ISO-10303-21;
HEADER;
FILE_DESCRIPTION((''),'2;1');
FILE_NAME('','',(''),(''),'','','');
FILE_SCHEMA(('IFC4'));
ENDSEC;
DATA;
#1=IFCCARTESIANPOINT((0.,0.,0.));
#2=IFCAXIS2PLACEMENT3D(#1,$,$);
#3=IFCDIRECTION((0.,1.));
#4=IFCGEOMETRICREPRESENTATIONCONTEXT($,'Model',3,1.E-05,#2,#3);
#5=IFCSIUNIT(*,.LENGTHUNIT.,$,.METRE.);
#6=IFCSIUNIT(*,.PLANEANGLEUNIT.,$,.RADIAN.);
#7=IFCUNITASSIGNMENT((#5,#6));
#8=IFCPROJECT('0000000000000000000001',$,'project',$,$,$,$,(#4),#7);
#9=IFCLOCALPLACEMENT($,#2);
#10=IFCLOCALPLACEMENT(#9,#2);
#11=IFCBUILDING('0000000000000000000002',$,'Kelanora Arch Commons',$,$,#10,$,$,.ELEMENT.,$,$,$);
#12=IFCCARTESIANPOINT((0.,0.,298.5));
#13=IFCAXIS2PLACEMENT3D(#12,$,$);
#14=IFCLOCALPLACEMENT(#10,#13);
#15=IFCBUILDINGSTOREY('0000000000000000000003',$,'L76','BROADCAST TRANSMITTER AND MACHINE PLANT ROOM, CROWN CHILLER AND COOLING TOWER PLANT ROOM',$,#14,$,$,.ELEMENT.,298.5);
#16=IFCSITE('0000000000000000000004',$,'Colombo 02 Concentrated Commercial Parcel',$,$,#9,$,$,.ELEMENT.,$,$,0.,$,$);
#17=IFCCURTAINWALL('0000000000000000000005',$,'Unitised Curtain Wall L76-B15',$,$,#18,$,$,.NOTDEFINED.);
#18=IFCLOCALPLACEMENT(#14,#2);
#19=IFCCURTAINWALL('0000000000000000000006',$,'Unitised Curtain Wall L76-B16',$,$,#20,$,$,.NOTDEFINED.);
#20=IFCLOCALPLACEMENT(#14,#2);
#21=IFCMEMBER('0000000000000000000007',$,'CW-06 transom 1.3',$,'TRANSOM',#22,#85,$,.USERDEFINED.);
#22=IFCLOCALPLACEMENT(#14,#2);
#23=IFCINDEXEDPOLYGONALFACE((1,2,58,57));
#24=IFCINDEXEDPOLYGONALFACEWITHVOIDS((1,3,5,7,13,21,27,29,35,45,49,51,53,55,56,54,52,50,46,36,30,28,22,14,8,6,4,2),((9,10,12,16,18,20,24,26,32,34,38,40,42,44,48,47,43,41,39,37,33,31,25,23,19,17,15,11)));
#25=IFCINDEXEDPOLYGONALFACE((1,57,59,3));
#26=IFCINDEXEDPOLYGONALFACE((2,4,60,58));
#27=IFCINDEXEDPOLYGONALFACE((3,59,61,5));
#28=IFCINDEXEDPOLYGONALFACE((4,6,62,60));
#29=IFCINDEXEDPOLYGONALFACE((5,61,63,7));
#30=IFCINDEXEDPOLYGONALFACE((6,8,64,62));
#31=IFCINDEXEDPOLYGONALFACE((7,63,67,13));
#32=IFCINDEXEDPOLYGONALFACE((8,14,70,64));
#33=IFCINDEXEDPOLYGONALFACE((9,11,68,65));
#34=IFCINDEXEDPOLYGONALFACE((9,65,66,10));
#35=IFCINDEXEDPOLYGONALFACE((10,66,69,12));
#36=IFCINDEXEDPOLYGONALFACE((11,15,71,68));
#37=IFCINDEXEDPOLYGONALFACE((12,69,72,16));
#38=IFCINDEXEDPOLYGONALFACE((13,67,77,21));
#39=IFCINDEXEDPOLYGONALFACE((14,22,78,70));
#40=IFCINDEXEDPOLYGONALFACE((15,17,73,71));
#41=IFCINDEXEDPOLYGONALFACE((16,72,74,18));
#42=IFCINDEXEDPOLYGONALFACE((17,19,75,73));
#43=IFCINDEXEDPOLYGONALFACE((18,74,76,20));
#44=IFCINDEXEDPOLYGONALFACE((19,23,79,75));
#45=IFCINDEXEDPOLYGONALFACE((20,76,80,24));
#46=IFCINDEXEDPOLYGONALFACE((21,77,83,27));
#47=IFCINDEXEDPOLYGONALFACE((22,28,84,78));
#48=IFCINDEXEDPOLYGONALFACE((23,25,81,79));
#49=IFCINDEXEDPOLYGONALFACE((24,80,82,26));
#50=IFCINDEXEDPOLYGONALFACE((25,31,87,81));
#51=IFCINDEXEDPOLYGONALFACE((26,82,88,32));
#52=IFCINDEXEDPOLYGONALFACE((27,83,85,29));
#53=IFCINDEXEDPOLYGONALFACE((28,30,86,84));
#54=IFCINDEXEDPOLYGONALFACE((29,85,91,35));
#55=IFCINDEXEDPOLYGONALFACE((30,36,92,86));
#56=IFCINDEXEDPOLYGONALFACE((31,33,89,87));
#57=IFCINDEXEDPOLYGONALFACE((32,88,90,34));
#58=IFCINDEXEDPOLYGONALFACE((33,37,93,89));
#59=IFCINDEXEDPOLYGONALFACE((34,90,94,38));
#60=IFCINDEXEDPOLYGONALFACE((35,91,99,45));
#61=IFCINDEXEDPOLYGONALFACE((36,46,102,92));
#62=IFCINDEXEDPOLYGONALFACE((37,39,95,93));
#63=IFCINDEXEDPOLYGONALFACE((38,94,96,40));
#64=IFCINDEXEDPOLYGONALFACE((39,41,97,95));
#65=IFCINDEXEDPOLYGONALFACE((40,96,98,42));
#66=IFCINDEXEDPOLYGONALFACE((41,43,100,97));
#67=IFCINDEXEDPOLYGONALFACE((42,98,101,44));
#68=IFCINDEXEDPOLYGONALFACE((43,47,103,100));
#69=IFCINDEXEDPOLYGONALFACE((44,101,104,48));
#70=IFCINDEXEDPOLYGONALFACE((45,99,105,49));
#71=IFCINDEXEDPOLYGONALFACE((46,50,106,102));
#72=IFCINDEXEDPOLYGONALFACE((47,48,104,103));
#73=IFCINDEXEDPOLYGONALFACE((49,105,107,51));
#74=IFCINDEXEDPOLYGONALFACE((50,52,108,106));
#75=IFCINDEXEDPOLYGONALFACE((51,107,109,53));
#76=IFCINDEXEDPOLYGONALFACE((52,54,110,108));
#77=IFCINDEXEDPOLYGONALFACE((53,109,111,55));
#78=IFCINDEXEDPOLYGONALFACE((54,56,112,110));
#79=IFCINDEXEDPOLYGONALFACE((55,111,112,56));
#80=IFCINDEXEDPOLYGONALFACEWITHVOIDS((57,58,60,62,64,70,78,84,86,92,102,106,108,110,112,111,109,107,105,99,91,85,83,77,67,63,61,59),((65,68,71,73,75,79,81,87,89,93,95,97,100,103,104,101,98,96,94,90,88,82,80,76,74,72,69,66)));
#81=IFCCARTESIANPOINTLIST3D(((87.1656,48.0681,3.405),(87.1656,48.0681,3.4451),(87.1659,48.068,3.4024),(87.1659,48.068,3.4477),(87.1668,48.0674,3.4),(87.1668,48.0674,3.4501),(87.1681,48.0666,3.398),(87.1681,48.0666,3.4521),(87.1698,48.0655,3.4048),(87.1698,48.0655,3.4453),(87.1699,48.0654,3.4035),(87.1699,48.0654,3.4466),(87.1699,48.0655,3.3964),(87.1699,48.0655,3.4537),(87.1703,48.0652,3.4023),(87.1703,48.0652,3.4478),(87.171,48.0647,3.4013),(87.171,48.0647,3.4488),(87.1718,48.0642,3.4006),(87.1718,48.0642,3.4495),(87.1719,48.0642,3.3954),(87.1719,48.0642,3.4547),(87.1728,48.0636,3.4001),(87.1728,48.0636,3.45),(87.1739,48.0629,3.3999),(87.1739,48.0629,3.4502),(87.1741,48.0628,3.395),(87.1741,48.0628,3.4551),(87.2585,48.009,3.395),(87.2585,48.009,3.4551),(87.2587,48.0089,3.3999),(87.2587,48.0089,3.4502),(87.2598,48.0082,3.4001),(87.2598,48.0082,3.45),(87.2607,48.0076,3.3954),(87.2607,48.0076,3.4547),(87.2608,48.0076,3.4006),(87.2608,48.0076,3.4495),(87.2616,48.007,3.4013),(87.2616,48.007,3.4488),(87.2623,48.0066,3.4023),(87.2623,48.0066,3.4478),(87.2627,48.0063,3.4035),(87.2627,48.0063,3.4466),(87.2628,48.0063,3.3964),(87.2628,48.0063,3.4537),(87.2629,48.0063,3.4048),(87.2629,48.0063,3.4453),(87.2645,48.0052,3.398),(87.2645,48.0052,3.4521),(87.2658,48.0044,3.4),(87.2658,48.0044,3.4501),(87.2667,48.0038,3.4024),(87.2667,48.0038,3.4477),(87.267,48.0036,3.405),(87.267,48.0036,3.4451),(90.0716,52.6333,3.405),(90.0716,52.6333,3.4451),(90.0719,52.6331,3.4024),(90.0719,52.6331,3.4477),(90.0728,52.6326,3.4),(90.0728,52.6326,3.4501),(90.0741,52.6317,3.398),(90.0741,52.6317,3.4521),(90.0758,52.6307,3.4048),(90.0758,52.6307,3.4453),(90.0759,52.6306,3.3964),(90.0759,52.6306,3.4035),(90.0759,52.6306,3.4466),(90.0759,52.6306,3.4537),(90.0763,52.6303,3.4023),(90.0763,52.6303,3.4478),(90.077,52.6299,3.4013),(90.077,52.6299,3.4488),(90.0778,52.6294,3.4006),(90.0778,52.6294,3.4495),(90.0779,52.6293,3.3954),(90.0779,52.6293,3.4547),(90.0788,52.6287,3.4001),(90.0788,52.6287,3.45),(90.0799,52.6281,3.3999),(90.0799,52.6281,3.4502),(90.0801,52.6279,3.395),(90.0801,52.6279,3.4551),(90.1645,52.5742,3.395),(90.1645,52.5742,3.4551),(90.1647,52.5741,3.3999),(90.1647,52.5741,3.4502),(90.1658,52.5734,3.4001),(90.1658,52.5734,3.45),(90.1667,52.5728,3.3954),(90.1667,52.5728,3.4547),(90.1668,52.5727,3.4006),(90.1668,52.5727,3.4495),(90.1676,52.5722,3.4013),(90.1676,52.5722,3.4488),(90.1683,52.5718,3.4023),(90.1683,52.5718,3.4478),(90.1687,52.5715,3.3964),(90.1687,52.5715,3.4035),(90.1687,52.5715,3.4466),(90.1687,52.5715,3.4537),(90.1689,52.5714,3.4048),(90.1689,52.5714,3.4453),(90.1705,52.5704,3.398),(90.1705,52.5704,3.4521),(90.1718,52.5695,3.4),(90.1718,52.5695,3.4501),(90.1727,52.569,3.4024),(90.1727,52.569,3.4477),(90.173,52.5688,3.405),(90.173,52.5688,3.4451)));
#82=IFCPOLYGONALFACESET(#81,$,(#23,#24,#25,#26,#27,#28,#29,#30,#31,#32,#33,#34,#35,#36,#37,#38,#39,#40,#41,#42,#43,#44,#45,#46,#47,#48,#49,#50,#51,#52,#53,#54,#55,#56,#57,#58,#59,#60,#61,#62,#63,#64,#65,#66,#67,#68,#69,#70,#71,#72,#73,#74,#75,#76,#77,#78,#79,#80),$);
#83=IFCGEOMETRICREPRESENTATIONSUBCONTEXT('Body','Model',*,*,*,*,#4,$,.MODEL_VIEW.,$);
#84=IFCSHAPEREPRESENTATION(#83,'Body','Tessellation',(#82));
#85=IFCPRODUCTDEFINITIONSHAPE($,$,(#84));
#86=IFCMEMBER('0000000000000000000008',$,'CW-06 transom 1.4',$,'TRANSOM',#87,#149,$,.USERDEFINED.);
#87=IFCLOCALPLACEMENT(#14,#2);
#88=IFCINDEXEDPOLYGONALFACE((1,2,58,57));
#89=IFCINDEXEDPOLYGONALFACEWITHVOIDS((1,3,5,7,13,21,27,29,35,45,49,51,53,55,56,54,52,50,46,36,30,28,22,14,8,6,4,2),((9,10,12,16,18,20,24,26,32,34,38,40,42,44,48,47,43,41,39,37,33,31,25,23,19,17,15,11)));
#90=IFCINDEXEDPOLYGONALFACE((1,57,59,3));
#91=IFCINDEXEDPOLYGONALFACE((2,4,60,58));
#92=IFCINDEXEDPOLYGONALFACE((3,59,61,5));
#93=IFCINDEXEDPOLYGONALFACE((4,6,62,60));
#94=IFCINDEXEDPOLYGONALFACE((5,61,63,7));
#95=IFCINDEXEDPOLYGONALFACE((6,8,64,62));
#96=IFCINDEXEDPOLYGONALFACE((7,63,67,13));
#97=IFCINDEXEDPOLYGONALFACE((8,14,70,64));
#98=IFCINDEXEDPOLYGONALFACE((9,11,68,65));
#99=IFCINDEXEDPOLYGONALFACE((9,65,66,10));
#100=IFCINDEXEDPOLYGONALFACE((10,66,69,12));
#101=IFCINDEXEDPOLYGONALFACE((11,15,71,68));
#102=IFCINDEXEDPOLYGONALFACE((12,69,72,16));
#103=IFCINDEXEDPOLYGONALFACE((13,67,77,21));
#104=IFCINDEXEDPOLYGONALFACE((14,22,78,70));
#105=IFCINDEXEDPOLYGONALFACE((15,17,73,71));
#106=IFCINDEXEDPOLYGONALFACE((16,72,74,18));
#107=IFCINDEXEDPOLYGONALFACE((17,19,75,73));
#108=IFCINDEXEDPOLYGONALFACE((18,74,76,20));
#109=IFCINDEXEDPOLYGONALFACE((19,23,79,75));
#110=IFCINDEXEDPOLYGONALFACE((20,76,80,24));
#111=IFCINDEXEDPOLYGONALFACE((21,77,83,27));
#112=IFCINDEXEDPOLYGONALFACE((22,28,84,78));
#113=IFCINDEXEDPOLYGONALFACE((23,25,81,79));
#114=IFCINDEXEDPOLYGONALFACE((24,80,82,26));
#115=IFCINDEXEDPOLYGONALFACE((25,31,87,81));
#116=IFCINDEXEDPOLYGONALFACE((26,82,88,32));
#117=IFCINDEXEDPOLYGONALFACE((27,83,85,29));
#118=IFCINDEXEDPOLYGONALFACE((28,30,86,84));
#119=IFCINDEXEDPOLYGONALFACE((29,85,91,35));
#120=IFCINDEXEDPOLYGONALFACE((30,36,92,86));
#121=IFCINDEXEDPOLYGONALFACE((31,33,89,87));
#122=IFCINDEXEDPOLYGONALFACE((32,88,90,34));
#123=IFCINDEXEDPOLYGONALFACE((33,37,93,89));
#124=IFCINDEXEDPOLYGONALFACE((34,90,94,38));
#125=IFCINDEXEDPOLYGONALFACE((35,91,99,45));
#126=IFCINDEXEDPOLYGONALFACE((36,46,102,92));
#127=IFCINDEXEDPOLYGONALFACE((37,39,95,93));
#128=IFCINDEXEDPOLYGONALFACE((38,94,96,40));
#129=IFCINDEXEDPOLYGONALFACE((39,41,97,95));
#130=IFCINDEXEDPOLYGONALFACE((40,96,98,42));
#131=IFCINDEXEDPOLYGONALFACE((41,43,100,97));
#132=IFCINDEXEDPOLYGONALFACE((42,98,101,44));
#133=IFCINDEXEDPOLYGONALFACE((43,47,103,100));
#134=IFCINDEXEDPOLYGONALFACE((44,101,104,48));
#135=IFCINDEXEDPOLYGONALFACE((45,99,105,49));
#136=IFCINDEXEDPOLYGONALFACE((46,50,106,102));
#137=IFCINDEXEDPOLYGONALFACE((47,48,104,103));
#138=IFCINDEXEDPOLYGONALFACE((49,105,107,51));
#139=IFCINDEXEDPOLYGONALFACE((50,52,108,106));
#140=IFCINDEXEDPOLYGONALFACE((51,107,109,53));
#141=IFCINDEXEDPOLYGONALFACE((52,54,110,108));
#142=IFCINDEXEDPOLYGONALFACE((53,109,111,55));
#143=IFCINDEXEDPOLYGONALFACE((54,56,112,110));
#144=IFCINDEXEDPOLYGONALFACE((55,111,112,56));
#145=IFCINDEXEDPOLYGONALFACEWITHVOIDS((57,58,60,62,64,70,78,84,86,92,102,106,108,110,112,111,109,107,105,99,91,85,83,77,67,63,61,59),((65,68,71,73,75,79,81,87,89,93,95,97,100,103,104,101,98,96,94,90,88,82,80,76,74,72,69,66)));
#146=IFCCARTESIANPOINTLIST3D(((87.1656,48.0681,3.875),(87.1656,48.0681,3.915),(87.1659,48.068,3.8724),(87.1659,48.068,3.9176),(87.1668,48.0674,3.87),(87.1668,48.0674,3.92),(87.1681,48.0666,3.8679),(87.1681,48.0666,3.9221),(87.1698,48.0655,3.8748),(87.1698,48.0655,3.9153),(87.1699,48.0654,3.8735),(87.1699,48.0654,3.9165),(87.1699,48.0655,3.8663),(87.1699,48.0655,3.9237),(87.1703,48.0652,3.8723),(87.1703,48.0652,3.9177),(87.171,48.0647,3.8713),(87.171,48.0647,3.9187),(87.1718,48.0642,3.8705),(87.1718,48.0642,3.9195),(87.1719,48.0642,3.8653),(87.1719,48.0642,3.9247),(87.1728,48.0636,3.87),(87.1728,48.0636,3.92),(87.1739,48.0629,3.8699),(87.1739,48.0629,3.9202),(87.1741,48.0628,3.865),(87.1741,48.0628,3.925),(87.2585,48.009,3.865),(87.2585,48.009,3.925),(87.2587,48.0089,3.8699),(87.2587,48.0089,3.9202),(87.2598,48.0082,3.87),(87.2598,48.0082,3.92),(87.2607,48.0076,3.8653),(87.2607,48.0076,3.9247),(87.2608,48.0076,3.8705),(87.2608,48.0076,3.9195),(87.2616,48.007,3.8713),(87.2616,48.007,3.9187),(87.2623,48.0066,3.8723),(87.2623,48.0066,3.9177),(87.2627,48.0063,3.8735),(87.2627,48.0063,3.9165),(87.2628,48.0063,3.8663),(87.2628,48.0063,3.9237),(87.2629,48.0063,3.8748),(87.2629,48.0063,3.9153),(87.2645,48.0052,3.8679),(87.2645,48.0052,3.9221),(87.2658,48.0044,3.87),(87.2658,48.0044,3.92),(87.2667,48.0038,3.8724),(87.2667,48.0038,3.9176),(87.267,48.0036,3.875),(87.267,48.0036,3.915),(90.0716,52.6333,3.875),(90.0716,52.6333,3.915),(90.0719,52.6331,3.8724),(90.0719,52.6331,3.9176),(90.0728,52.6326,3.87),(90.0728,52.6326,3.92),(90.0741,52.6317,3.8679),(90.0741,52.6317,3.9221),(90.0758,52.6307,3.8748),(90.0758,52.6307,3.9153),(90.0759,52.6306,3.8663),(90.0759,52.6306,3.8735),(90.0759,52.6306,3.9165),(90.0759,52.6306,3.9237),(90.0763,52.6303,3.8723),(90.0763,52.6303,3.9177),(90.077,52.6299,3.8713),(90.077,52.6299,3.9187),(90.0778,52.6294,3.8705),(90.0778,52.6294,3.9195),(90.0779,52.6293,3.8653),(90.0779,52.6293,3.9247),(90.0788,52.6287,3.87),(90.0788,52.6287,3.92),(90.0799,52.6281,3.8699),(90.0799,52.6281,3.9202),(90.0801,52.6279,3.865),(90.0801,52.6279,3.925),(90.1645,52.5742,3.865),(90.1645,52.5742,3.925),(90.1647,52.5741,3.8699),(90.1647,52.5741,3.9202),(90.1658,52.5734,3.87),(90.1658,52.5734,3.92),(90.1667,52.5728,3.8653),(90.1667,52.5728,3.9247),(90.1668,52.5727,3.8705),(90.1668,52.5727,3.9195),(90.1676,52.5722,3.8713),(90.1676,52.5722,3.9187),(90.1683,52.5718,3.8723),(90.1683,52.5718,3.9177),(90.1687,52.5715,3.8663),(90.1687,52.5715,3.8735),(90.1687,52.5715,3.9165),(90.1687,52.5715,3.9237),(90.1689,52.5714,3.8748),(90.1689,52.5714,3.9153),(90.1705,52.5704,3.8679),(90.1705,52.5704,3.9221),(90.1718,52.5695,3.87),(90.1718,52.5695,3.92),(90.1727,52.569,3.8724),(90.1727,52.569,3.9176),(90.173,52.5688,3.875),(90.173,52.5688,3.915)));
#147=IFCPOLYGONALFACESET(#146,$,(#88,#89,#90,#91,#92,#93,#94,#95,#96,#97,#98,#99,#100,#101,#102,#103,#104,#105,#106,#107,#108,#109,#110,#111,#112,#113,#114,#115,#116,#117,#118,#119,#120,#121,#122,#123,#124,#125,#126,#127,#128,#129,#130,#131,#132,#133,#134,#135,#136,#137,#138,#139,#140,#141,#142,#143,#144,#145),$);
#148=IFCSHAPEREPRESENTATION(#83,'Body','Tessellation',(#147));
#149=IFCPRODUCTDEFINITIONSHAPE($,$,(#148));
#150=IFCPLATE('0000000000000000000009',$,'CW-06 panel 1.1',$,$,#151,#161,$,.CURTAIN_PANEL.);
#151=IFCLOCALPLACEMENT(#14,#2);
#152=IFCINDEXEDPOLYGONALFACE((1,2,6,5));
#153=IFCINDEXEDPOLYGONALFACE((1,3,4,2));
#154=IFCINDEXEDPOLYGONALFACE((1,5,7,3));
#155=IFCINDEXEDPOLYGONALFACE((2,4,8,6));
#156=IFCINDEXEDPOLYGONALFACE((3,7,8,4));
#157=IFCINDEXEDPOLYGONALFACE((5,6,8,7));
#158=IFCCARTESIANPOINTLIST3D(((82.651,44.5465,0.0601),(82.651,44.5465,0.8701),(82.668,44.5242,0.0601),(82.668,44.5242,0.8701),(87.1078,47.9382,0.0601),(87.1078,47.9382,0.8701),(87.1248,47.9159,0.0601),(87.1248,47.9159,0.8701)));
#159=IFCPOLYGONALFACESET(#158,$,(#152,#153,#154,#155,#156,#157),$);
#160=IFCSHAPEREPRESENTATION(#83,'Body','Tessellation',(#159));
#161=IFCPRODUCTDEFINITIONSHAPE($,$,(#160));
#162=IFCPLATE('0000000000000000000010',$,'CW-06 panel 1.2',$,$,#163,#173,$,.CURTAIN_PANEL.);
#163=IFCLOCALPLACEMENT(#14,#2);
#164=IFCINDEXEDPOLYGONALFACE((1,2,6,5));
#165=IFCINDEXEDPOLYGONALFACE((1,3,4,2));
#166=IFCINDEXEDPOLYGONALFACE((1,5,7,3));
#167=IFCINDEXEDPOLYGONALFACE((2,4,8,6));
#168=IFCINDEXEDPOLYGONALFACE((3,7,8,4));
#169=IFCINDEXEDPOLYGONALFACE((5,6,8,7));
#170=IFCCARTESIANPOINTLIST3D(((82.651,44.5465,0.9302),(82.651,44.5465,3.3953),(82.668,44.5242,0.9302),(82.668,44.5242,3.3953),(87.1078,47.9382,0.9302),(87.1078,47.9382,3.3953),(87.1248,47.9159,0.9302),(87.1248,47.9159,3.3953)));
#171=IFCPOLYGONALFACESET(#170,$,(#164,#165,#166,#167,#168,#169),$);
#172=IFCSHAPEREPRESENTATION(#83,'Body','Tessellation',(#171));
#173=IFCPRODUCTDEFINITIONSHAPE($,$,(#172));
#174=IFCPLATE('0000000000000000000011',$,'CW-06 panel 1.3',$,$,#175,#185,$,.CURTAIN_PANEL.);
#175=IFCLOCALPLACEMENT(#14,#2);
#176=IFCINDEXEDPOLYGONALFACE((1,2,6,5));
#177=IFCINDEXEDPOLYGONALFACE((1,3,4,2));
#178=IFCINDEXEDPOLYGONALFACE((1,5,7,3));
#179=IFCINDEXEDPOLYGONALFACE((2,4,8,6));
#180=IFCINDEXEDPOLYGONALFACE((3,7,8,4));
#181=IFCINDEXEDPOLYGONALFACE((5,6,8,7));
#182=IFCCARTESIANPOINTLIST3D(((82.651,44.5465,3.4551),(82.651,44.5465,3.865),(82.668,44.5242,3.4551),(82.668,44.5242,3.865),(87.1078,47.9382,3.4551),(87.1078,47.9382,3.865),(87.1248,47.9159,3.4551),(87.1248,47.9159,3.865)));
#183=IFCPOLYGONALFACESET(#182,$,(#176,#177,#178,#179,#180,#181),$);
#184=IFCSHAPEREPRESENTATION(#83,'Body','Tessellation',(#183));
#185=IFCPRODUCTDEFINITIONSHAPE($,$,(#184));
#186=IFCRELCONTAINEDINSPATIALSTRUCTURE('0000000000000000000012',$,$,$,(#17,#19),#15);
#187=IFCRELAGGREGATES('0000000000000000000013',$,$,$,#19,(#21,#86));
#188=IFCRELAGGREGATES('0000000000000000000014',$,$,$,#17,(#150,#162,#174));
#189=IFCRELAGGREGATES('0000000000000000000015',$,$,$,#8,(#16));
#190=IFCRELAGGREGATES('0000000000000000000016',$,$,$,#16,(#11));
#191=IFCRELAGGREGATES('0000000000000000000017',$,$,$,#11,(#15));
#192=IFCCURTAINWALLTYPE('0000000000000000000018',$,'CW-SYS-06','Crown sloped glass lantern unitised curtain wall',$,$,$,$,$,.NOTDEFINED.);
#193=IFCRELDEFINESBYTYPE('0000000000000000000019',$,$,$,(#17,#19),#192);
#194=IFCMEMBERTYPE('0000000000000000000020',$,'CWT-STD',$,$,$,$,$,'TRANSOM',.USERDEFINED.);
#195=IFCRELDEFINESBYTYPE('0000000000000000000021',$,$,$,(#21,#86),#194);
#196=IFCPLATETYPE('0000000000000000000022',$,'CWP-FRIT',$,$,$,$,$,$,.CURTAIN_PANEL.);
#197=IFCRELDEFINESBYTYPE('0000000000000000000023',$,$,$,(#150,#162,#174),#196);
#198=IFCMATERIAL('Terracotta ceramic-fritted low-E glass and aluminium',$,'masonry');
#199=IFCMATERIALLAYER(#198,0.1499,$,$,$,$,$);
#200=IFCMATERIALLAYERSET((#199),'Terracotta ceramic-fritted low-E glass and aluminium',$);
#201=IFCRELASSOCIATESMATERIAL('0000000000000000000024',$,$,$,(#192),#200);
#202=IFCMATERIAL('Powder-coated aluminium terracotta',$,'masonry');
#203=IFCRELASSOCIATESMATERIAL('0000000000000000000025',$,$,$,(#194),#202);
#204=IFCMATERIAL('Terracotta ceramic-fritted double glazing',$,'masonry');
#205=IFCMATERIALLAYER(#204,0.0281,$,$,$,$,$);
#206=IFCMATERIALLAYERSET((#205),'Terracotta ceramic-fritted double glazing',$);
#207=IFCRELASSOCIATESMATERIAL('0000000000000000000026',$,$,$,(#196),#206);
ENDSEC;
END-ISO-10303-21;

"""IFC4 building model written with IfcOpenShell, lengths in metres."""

from ifc_helpers import new_model, si_unit, direction, frame, origin, origin_2d, place, context, subcontext, project, spatial, rectangle, hollow_rectangle, extrude, source, transform, mapped, material, layer, layer_set, material_profile, profile_set, type_object, element, aggregate, save


model = new_model("IFC4")

# Units and contexts
model_context = context("Model", 3, precision=1e-05, world=origin(), true_north=direction((0.0, 1.0)))
body_context = subcontext(model_context, "Body", "Model", "MODEL_VIEW")
ifc_project = project(units=[si_unit("LENGTHUNIT", "METRE"), si_unit("PLANEANGLEUNIT", "RADIAN")], contexts=[model_context])

# Site, building, storey
site_placement = place(None, origin())
site = spatial("IfcSite", under=ifc_project, at=site_placement, Name="Colombo 02 Concentrated Commercial Parcel", CompositionType="ELEMENT", RefElevation=0.0)
building_placement = place(site_placement, origin())
building = spatial("IfcBuilding", under=site, at=building_placement, Name="Kelanora Arch Commons", CompositionType="ELEMENT")
storey_placement = place(building_placement, frame((0.0, 0.0, 298.5)))
storey = spatial("IfcBuildingStorey", under=building, at=storey_placement, Name="L76", Description="BROADCAST TRANSMITTER AND MACHINE PLANT ROOM, CROWN CHILLER AND COOLING TOWER PLANT ROOM", CompositionType="ELEMENT", Elevation=298.5)

# Shared definitions
ifc_material_1 = material(Name="Terracotta ceramic-fritted low-E glass and aluminium", Category="masonry")
ifc_layer_1 = layer(ifc_material_1, 0.1499)
ifc_layer_set_1 = layer_set([ifc_layer_1], Name="Terracotta ceramic-fritted low-E glass and aluminium")
curtain_wall_type = type_object("IfcCurtainWallType", Name="CW-SYS-06", Description="Crown sloped glass lantern unitised curtain wall", PredefinedType="NOTDEFINED", material=ifc_layer_set_1)
ifc_material_2 = material(Name="Powder-coated aluminium terracotta", Category="masonry")

# Curtain wall
curtain_wall_1_placement = place(storey_placement, origin())
curtain_wall_1 = element("IfcCurtainWall", 1, at=curtain_wall_1_placement, inside=storey, type_object=curtain_wall_type, Name="Unitised Curtain Wall L76-B15", PredefinedType="NOTDEFINED")

# Curtain wall
curtain_wall_2_placement = place(storey_placement, origin())
curtain_wall_2 = element("IfcCurtainWall", 2, at=curtain_wall_2_placement, inside=storey, type_object=curtain_wall_type, Name="Unitised Curtain Wall L76-B16", PredefinedType="NOTDEFINED")

# Members
ifc_material_profile_1 = material_profile(ifc_material_2, hollow_rectangle(XDim=0.1201, YDim=0.0601, WallThickness=0.0049, InnerFilletRadius=0.0049, OuterFilletRadius=0.01, at=origin_2d()), Name="CWT120x60")
ifc_profile_set_1 = profile_set([ifc_material_profile_1], Name="Powder-coated aluminium terracotta")
member_type_1 = type_object("IfcMemberType", Name="CWT-STD", ElementType="TRANSOM", PredefinedType="USERDEFINED", material=ifc_profile_set_1)
member_1_placement = place(storey_placement, frame((87.2163, 48.0359, 3.425), z_axis=(0.536992, 0.843587, 0.0), x_axis=(-0.843587, 0.536992, 0.0)))
member_1 = element("IfcMember", 3, at=member_1_placement, type_object=member_type_1, Name="CW-06 transom 1.3", ObjectType="TRANSOM", PredefinedType="USERDEFINED", context=body_context, shape_type="SweptSolid", body=[
    extrude(hollow_rectangle(XDim=0.1201, YDim=0.0601, WallThickness=0.0049, InnerFilletRadius=0.0049, OuterFilletRadius=0.01, at=origin_2d()), origin(), (0.0, 0.0, 1.0), 5.4116),
])
member_2_placement = place(storey_placement, frame((87.2163, 48.0359, 3.895), z_axis=(0.536992, 0.843587, 0.0), x_axis=(-0.843587, 0.536992, 0.0)))
member_2 = element("IfcMember", 4, at=member_2_placement, type_object=member_type_1, Name="CW-06 transom 1.4", ObjectType="TRANSOM", PredefinedType="USERDEFINED", context=body_context, shape_type="SweptSolid", body=[
    extrude(hollow_rectangle(XDim=0.1201, YDim=0.0601, WallThickness=0.0049, InnerFilletRadius=0.0049, OuterFilletRadius=0.01, at=origin_2d()), origin(), (0.0, 0.0, 1.0), 5.4116),
])
aggregate(curtain_wall_2, [member_1, member_2])

# Plates
ifc_material_3 = material(Name="Terracotta ceramic-fritted double glazing", Category="masonry")
ifc_layer_2 = layer(ifc_material_3, 0.0281)
ifc_layer_set_2 = layer_set([ifc_layer_2], Name="Terracotta ceramic-fritted double glazing")
plate_type = type_object("IfcPlateType", Name="CWP-FRIT", PredefinedType="CURTAIN_PANEL", material=ifc_layer_set_2)
shared_shape_1 = source(origin(), body_context, "Body", "SweptSolid", [
    extrude(rectangle(XDim=5.6006, YDim=0.0281, at=origin_2d()), origin(), (0.0, 0.0, 1.0), 0.8101),
])
plate_1_placement = place(storey_placement, frame((84.8879, 46.2312, 0.0601), z_axis=(0.0, 0.0, 1.0), x_axis=(0.795772, 0.605596, 0.0)))
plate_1 = element("IfcPlate", 5, at=plate_1_placement, type_object=plate_type, Name="CW-06 panel 1.1", PredefinedType="CURTAIN_PANEL", context=body_context, shape_type="MappedRepresentation", body=[
    mapped(shared_shape_1, transform((0.0, 0.0, 0.0), scale=1.0)),
])
shared_shape_2 = source(origin(), body_context, "Body", "SweptSolid", [
    extrude(rectangle(XDim=5.6006, YDim=0.0281, at=origin_2d()), origin(), (0.0, 0.0, 1.0), 2.4651),
])
plate_2_placement = place(storey_placement, frame((84.8879, 46.2312, 0.9302), z_axis=(0.0, 0.0, 1.0), x_axis=(0.795772, 0.605596, 0.0)))
plate_2 = element("IfcPlate", 6, at=plate_2_placement, type_object=plate_type, Name="CW-06 panel 1.2", PredefinedType="CURTAIN_PANEL", context=body_context, shape_type="MappedRepresentation", body=[
    mapped(shared_shape_2, transform((0.0, 0.0, 0.0), scale=1.0)),
])
shared_shape_3 = source(origin(), body_context, "Body", "SweptSolid", [
    extrude(rectangle(XDim=5.6006, YDim=0.0281, at=origin_2d()), origin(), (0.0, 0.0, 1.0), 0.4099),
])
plate_3_placement = place(storey_placement, frame((84.8879, 46.2312, 3.4551), z_axis=(0.0, 0.0, 1.0), x_axis=(0.795772, 0.605596, 0.0)))
plate_3 = element("IfcPlate", 7, at=plate_3_placement, type_object=plate_type, Name="CW-06 panel 1.3", PredefinedType="CURTAIN_PANEL", context=body_context, shape_type="MappedRepresentation", body=[
    mapped(shared_shape_3, transform((0.0, 0.0, 0.0), scale=1.0)),
])
aggregate(curtain_wall_1, [plate_1, plate_2, plate_3])

save(model, "model.ifc")
